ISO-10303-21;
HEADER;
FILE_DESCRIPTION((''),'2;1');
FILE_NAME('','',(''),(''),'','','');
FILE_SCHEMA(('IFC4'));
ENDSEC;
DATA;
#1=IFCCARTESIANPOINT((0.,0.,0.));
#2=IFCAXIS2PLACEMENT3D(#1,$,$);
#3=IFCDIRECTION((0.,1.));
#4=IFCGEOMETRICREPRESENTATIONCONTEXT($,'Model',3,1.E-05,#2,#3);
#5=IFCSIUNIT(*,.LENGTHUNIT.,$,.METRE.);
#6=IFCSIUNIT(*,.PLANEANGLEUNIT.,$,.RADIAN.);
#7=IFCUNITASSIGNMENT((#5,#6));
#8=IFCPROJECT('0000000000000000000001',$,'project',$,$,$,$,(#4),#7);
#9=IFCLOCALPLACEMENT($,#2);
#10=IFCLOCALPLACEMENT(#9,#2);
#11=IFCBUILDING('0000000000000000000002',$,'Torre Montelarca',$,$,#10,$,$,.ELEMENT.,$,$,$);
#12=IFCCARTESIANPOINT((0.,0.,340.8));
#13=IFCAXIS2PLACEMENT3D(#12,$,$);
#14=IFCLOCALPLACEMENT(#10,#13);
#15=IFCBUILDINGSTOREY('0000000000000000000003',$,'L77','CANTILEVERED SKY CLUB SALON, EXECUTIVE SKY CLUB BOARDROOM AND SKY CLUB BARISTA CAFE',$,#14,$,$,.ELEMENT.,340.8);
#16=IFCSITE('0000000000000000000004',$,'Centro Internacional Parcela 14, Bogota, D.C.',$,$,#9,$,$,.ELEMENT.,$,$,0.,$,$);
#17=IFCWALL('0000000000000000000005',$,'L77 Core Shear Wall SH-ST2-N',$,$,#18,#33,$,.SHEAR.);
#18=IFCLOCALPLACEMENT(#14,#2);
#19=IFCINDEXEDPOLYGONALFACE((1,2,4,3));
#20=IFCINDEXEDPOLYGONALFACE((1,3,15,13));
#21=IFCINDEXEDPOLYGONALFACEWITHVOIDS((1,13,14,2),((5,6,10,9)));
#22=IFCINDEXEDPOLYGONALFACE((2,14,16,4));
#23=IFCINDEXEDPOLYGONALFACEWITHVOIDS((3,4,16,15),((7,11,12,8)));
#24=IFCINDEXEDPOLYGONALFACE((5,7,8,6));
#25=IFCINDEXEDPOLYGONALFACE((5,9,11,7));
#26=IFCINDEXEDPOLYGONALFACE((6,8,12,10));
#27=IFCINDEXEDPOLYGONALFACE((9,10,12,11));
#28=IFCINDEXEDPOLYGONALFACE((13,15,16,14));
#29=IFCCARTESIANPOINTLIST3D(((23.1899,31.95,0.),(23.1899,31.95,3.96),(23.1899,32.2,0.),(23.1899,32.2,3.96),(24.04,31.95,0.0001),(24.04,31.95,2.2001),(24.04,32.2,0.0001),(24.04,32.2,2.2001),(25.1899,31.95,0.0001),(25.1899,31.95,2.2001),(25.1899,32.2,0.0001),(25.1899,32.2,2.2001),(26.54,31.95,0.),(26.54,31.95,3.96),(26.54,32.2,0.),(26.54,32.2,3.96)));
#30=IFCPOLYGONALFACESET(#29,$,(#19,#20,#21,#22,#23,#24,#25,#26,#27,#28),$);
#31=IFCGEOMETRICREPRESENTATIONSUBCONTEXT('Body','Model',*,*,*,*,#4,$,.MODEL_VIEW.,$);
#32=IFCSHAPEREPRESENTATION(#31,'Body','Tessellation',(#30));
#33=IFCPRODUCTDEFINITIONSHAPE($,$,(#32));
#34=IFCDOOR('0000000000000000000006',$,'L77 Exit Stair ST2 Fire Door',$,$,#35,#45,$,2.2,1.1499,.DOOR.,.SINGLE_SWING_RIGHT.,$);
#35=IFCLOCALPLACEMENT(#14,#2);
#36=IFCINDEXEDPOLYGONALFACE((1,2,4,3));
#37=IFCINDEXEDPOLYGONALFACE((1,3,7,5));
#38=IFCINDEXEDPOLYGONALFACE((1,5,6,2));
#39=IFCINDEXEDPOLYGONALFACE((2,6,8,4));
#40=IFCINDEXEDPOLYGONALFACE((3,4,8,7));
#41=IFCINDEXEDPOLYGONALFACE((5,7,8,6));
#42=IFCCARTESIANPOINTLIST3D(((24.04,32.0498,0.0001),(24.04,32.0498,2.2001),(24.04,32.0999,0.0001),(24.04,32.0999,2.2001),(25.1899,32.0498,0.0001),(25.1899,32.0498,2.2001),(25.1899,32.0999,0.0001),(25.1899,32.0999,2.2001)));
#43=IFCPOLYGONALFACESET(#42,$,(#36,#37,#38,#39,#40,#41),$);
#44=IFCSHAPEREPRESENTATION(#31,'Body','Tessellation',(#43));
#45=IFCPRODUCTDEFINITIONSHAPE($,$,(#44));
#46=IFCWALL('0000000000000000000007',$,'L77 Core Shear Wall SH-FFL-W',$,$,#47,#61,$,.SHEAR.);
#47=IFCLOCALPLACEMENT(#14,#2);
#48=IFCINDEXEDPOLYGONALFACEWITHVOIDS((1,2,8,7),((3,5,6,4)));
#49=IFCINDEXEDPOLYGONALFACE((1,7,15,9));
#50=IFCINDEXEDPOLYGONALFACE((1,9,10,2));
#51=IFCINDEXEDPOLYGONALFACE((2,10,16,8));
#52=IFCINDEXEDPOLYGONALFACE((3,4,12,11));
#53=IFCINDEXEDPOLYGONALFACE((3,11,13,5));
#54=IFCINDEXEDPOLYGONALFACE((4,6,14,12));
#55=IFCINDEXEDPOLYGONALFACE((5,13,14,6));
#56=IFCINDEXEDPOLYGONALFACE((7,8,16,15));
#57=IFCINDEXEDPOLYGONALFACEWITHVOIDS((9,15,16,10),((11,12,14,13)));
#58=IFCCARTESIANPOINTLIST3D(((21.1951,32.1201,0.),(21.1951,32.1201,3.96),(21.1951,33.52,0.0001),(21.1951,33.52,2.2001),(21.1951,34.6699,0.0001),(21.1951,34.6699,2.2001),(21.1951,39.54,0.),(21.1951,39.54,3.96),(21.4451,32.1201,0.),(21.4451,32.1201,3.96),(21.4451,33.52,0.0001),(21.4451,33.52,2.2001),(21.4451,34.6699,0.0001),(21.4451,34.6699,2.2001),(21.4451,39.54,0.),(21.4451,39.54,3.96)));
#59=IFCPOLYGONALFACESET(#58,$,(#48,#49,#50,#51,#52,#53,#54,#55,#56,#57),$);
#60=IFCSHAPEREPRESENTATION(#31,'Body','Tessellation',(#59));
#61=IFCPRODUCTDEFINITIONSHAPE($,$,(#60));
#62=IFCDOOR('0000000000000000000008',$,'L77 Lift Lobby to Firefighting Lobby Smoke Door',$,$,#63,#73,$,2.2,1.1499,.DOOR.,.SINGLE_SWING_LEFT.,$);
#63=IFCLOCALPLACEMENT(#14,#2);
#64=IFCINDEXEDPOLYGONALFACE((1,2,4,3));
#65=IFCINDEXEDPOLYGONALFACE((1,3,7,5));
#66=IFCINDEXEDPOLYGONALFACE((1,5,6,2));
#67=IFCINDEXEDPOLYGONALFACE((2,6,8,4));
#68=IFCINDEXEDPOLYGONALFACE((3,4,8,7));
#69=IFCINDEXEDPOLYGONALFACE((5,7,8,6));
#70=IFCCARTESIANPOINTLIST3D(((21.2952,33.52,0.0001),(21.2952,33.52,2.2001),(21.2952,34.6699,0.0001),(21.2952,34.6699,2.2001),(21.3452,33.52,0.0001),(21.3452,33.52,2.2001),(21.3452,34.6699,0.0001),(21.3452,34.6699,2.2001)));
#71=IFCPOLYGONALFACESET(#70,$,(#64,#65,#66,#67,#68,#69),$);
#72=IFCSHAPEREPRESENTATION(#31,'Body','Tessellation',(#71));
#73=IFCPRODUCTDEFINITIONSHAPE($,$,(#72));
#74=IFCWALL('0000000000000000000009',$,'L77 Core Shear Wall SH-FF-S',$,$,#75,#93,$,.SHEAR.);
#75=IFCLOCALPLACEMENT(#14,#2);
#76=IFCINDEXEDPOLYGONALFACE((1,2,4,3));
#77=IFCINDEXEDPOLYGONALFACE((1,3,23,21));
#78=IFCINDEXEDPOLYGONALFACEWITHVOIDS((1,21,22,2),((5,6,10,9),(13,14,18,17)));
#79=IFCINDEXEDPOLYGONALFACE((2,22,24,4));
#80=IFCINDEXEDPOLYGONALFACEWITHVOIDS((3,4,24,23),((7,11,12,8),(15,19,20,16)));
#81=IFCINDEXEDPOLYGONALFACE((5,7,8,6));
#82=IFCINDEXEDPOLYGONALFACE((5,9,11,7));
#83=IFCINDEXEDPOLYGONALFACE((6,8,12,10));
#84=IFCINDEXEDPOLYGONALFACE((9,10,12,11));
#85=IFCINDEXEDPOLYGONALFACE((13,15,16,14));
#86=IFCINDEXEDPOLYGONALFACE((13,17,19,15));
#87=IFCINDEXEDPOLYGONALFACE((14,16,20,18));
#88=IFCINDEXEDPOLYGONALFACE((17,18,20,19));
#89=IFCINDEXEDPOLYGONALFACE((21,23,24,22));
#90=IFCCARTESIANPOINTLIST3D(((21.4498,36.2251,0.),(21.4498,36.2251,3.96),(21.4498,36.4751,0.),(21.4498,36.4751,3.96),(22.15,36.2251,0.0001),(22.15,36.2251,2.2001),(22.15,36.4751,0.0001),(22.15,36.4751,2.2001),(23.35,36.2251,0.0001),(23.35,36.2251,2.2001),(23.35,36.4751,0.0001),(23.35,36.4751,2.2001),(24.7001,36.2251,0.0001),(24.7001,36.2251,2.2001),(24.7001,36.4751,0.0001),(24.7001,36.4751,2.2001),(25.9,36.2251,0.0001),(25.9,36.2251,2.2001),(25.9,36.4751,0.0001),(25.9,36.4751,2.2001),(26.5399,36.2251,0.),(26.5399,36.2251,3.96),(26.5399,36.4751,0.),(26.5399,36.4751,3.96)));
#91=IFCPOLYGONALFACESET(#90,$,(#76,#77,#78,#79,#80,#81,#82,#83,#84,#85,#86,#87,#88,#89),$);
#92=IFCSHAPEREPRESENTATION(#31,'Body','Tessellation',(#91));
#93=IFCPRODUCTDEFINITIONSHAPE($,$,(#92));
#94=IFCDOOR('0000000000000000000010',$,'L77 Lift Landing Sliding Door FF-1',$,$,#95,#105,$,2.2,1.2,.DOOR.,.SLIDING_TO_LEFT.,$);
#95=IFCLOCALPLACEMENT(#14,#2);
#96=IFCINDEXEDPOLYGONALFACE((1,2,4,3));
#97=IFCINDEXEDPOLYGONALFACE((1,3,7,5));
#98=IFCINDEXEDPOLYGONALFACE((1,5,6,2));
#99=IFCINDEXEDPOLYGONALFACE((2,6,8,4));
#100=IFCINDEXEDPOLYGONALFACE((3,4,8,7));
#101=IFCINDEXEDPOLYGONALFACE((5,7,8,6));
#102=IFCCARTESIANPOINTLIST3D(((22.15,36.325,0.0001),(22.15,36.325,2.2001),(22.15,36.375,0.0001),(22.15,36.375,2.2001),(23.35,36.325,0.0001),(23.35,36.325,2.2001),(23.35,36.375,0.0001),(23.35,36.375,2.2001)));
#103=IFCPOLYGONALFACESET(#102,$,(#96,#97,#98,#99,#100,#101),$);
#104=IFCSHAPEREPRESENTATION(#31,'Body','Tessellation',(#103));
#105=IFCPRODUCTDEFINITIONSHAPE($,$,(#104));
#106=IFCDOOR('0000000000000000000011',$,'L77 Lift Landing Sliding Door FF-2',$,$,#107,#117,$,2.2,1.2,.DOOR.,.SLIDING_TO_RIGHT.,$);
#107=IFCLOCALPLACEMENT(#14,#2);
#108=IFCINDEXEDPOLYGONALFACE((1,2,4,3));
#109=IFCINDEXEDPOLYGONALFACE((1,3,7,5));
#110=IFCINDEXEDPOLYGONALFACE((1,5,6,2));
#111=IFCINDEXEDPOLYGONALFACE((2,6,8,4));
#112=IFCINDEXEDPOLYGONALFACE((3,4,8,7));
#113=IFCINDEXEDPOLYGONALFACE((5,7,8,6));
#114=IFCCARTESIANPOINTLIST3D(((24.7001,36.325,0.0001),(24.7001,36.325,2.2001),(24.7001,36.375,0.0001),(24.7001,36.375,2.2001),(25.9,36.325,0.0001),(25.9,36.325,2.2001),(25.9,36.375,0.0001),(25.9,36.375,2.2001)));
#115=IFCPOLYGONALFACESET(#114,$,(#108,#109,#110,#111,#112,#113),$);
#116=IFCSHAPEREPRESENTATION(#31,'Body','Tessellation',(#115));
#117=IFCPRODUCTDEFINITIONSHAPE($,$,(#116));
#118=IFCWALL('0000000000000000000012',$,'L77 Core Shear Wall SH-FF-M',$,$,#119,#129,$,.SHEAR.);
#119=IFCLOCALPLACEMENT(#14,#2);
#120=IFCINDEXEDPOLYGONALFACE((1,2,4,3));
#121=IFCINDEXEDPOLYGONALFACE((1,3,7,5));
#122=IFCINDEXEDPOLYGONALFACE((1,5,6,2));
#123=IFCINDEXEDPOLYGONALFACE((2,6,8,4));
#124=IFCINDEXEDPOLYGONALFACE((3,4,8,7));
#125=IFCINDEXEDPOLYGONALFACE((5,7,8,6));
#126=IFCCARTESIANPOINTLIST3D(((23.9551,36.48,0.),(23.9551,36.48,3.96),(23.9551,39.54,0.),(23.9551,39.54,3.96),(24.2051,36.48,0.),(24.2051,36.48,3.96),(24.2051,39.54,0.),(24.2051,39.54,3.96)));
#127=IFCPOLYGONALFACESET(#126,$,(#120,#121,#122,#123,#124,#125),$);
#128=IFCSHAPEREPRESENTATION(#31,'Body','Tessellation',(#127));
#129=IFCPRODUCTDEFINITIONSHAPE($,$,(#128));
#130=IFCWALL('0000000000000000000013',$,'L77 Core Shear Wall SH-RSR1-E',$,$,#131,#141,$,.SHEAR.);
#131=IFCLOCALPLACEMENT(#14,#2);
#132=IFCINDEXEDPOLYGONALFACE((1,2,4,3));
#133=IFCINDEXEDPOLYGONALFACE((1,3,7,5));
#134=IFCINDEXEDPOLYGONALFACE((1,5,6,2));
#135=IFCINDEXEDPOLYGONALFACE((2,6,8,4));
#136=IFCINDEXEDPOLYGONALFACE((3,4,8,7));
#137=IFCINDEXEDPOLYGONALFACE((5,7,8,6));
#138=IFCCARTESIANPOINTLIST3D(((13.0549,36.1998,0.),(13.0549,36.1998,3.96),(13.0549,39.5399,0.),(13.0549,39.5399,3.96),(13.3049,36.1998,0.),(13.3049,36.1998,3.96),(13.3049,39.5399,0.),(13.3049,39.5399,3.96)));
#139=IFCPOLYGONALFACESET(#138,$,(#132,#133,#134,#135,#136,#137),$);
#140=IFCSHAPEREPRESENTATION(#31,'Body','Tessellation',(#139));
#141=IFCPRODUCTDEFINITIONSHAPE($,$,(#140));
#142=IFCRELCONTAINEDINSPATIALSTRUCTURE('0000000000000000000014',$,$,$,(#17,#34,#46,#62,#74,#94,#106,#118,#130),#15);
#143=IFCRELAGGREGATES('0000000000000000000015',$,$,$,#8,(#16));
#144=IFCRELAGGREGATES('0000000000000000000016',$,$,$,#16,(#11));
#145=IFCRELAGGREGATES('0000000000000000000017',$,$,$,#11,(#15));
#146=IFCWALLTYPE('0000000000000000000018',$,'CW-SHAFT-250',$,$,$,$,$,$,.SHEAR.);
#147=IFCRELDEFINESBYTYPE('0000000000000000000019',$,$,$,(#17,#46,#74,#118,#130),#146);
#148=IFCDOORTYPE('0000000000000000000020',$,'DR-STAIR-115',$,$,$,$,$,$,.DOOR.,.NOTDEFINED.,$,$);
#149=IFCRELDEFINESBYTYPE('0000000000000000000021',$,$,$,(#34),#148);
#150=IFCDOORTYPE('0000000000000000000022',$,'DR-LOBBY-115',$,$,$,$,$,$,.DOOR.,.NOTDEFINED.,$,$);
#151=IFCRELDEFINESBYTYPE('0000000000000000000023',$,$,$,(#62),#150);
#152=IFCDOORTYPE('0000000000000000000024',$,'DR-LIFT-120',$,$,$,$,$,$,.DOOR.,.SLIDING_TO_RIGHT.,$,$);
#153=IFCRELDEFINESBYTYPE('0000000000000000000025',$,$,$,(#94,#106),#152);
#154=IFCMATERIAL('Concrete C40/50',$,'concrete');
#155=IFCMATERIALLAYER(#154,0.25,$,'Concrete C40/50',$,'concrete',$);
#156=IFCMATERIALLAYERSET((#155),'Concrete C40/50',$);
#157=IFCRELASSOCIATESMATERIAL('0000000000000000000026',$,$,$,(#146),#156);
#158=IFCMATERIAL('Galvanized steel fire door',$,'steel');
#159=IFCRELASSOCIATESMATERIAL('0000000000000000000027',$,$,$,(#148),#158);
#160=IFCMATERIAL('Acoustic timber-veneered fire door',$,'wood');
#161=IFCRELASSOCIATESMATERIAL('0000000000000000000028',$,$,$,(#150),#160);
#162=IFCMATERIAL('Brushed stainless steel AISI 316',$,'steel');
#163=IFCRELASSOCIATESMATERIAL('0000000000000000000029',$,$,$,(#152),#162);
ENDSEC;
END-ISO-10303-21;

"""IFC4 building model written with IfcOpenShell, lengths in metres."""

from ifc_helpers import new_model, si_unit, direction, frame, frame_2d, origin, place, context, subcontext, project, spatial, rectangle, extrude, source, transform, mapped, material, layer, layer_set, type_object, element, fill, save


model = new_model("IFC4")

# Units and contexts
model_context = context("Model", 3, precision=1e-05, world=origin(), true_north=direction((0.0, 1.0)))
body_context = subcontext(model_context, "Body", "Model", "MODEL_VIEW")
ifc_project = project(units=[si_unit("LENGTHUNIT", "METRE"), si_unit("PLANEANGLEUNIT", "RADIAN")], contexts=[model_context])

# Site, building, storey
site_placement = place(None, origin())
site = spatial("IfcSite", under=ifc_project, at=site_placement, Name="Centro Internacional Parcela 14, Bogota, D.C.", CompositionType="ELEMENT", RefElevation=0.0)
building_placement = place(site_placement, origin())
building = spatial("IfcBuilding", under=site, at=building_placement, Name="Torre Montelarca", CompositionType="ELEMENT")
storey_placement = place(building_placement, frame((0.0, 0.0, 340.8)))
storey = spatial("IfcBuildingStorey", under=building, at=storey_placement, Name="L77", Description="CANTILEVERED SKY CLUB SALON, EXECUTIVE SKY CLUB BOARDROOM AND SKY CLUB BARISTA CAFE", CompositionType="ELEMENT", Elevation=340.8)

# Walls, openings, doors
ifc_material_1 = material(Name="Concrete C40/50", Category="concrete")
ifc_layer_1 = layer(ifc_material_1, 0.25, Name="Concrete C40/50", Category="concrete")
ifc_layer_set_1 = layer_set([ifc_layer_1], Name="Concrete C40/50")
wall_type_1 = type_object("IfcWallType", Name="CW-SHAFT-250", PredefinedType="SHEAR", material=ifc_layer_set_1)
wall_1_placement = place(storey_placement, frame((23.1899, 32.075, 0.0), z_axis=(0.0, 0.0, 1.0), x_axis=(1.0, 0.0, 0.0)))
wall_1 = element("IfcWall", 1, at=wall_1_placement, inside=storey, type_object=wall_type_1, Name="L77 Core Shear Wall SH-ST2-N", PredefinedType="SHEAR", context=body_context, shape_type="SweptSolid", body=[
    extrude(rectangle(XDim=3.3501, YDim=0.25, at=frame_2d((1.675, 0.0))), origin(), (0.0, 0.0, 1.0), 3.96),
])
opening_1_placement = place(wall_1_placement, frame((0.8501, 0.0, 0.0)))
opening_1 = element("IfcOpeningElement", 2, at=opening_1_placement, cuts=wall_1, PredefinedType="OPENING", context=body_context, shape_type="SweptSolid", body=[
    extrude(rectangle(XDim=1.1499, YDim=2.2, at=frame_2d((0.575, 1.1001))), frame((0.0, 0.135, 0.0), z_axis=(0.0, -1.0, 0.0), x_axis=(1.0, 0.0, 0.0)), (0.0, 0.0, 1.0), 0.27),
])
ifc_material_2 = material(Name="Galvanized steel fire door", Category="steel")
door_type_1 = type_object("IfcDoorType", Name="DR-STAIR-115", OperationType="NOTDEFINED", PredefinedType="DOOR", material=ifc_material_2)
shared_shape_1 = source(origin(), body_context, "Body", "SweptSolid", [
    extrude(rectangle(XDim=1.1499, YDim=2.2, at=frame_2d((0.575, 1.1001))), frame((0.0, 0.0249, 0.0), z_axis=(0.0, -1.0, 0.0), x_axis=(1.0, 0.0, 0.0)), (0.0, 0.0, 1.0), 0.05),
])
door_1_placement = place(opening_1_placement, origin())
door_1 = element("IfcDoor", 3, at=door_1_placement, inside=storey, type_object=door_type_1, Name="L77 Exit Stair ST2 Fire Door", OperationType="SINGLE_SWING_RIGHT", OverallHeight=2.2, OverallWidth=1.1499, PredefinedType="DOOR", context=body_context, shape_type="MappedRepresentation", body=[
    mapped(shared_shape_1, transform((0.0, 0.0, 0.0), scale=1.0)),
])
fill(opening_1, door_1)
wall_2_placement = place(storey_placement, frame((21.3201, 32.1201, 0.0), z_axis=(0.0, 0.0, 1.0), x_axis=(0.0, 1.0, 0.0)))
wall_2 = element("IfcWall", 4, at=wall_2_placement, inside=storey, type_object=wall_type_1, Name="L77 Core Shear Wall SH-FFL-W", PredefinedType="SHEAR", context=body_context, shape_type="SweptSolid", body=[
    extrude(rectangle(XDim=7.4199, YDim=0.25, at=frame_2d((3.71, 0.0))), origin(), (0.0, 0.0, 1.0), 3.96),
])
opening_2_placement = place(wall_2_placement, frame((1.3999, 0.0, 0.0)))
opening_2 = element("IfcOpeningElement", 5, at=opening_2_placement, cuts=wall_2, PredefinedType="OPENING", context=body_context, shape_type="SweptSolid", body=[
    extrude(rectangle(XDim=1.1499, YDim=2.2, at=frame_2d((0.575, 1.1001))), frame((0.0, 0.135, 0.0), z_axis=(0.0, -1.0, 0.0), x_axis=(1.0, 0.0, 0.0)), (0.0, 0.0, 1.0), 0.27),
])
ifc_material_3 = material(Name="Acoustic timber-veneered fire door", Category="wood")
door_type_2 = type_object("IfcDoorType", Name="DR-LOBBY-115", OperationType="NOTDEFINED", PredefinedType="DOOR", material=ifc_material_3)
shared_shape_2 = source(origin(), body_context, "Body", "SweptSolid", [
    extrude(rectangle(XDim=1.1499, YDim=2.2, at=frame_2d((0.575, 1.1001))), frame((0.0, 0.0249, 0.0), z_axis=(0.0, -1.0, 0.0), x_axis=(1.0, 0.0, 0.0)), (0.0, 0.0, 1.0), 0.05),
])
door_2_placement = place(opening_2_placement, origin())
door_2 = element("IfcDoor", 6, at=door_2_placement, inside=storey, type_object=door_type_2, Name="L77 Lift Lobby to Firefighting Lobby Smoke Door", OperationType="SINGLE_SWING_LEFT", OverallHeight=2.2, OverallWidth=1.1499, PredefinedType="DOOR", context=body_context, shape_type="MappedRepresentation", body=[
    mapped(shared_shape_2, transform((0.0, 0.0, 0.0), scale=1.0)),
])
fill(opening_2, door_2)

# Wall, openings, doors
wall_3_placement = place(storey_placement, frame((21.45, 36.3501, 0.0), z_axis=(0.0, 0.0, 1.0), x_axis=(1.0, 0.0, 0.0)))
wall_3 = element("IfcWall", 7, at=wall_3_placement, inside=storey, type_object=wall_type_1, Name="L77 Core Shear Wall SH-FF-S", PredefinedType="SHEAR", context=body_context, shape_type="SweptSolid", body=[
    extrude(rectangle(XDim=5.0901, YDim=0.25, at=frame_2d((2.5449, 0.0))), origin(), (0.0, 0.0, 1.0), 3.96),
])
opening_3_placement = place(wall_3_placement, frame((0.7, 0.0, 0.0)))
opening_3 = element("IfcOpeningElement", 8, at=opening_3_placement, cuts=wall_3, PredefinedType="OPENING", context=body_context, shape_type="SweptSolid", body=[
    extrude(rectangle(XDim=1.2, YDim=2.2, at=frame_2d((0.6001, 1.1001))), frame((0.0, 0.135, 0.0), z_axis=(0.0, -1.0, 0.0), x_axis=(1.0, 0.0, 0.0)), (0.0, 0.0, 1.0), 0.27),
])
opening_4_placement = place(wall_3_placement, frame((3.25, 0.0, 0.0)))
opening_4 = element("IfcOpeningElement", 9, at=opening_4_placement, cuts=wall_3, PredefinedType="OPENING", context=body_context, shape_type="SweptSolid", body=[
    extrude(rectangle(XDim=1.2, YDim=2.2, at=frame_2d((0.6001, 1.1001))), frame((0.0, 0.135, 0.0), z_axis=(0.0, -1.0, 0.0), x_axis=(1.0, 0.0, 0.0)), (0.0, 0.0, 1.0), 0.27),
])
ifc_material_4 = material(Name="Brushed stainless steel AISI 316", Category="steel")
door_type_3 = type_object("IfcDoorType", Name="DR-LIFT-120", OperationType="SLIDING_TO_RIGHT", PredefinedType="DOOR", material=ifc_material_4)
shared_shape_3 = source(origin(), body_context, "Body", "SweptSolid", [
    extrude(rectangle(XDim=1.2, YDim=2.2, at=frame_2d((0.6001, 1.1001))), frame((0.0, 0.0249, 0.0), z_axis=(0.0, -1.0, 0.0), x_axis=(1.0, 0.0, 0.0)), (0.0, 0.0, 1.0), 0.05),
])
door_3_placement = place(opening_3_placement, origin())
door_3 = element("IfcDoor", 10, at=door_3_placement, inside=storey, type_object=door_type_3, Name="L77 Lift Landing Sliding Door FF-1", OperationType="SLIDING_TO_LEFT", OverallHeight=2.2, OverallWidth=1.2, PredefinedType="DOOR", context=body_context, shape_type="MappedRepresentation", body=[
    mapped(shared_shape_3, transform((0.0, 0.0, 0.0), scale=1.0)),
])
fill(opening_3, door_3)
door_4_placement = place(opening_4_placement, origin())
door_4 = element("IfcDoor", 11, at=door_4_placement, inside=storey, type_object=door_type_3, Name="L77 Lift Landing Sliding Door FF-2", OperationType="SLIDING_TO_RIGHT", OverallHeight=2.2, OverallWidth=1.2, PredefinedType="DOOR", context=body_context, shape_type="MappedRepresentation", body=[
    mapped(shared_shape_3, transform((0.0, 0.0, 0.0), scale=1.0)),
])
fill(opening_4, door_4)

# Walls
wall_4_placement = place(storey_placement, frame((24.0801, 36.48, 0.0), z_axis=(0.0, 0.0, 1.0), x_axis=(0.0, 1.0, 0.0)))
element("IfcWall", 12, at=wall_4_placement, inside=storey, type_object=wall_type_1, Name="L77 Core Shear Wall SH-FF-M", PredefinedType="SHEAR", context=body_context, shape_type="SweptSolid", body=[
    extrude(rectangle(XDim=3.0601, YDim=0.25, at=frame_2d((1.53, 0.0))), origin(), (0.0, 0.0, 1.0), 3.96),
])
wall_5_placement = place(storey_placement, frame((13.1799, 36.2, 0.0), z_axis=(0.0, 0.0, 1.0), x_axis=(0.0, 1.0, 0.0)))
element("IfcWall", 13, at=wall_5_placement, inside=storey, type_object=wall_type_1, Name="L77 Core Shear Wall SH-RSR1-E", PredefinedType="SHEAR", context=body_context, shape_type="SweptSolid", body=[
    extrude(rectangle(XDim=3.3401, YDim=0.25, at=frame_2d((1.6699, 0.0))), origin(), (0.0, 0.0, 1.0), 3.96),
])

save(model, "model.ifc")
